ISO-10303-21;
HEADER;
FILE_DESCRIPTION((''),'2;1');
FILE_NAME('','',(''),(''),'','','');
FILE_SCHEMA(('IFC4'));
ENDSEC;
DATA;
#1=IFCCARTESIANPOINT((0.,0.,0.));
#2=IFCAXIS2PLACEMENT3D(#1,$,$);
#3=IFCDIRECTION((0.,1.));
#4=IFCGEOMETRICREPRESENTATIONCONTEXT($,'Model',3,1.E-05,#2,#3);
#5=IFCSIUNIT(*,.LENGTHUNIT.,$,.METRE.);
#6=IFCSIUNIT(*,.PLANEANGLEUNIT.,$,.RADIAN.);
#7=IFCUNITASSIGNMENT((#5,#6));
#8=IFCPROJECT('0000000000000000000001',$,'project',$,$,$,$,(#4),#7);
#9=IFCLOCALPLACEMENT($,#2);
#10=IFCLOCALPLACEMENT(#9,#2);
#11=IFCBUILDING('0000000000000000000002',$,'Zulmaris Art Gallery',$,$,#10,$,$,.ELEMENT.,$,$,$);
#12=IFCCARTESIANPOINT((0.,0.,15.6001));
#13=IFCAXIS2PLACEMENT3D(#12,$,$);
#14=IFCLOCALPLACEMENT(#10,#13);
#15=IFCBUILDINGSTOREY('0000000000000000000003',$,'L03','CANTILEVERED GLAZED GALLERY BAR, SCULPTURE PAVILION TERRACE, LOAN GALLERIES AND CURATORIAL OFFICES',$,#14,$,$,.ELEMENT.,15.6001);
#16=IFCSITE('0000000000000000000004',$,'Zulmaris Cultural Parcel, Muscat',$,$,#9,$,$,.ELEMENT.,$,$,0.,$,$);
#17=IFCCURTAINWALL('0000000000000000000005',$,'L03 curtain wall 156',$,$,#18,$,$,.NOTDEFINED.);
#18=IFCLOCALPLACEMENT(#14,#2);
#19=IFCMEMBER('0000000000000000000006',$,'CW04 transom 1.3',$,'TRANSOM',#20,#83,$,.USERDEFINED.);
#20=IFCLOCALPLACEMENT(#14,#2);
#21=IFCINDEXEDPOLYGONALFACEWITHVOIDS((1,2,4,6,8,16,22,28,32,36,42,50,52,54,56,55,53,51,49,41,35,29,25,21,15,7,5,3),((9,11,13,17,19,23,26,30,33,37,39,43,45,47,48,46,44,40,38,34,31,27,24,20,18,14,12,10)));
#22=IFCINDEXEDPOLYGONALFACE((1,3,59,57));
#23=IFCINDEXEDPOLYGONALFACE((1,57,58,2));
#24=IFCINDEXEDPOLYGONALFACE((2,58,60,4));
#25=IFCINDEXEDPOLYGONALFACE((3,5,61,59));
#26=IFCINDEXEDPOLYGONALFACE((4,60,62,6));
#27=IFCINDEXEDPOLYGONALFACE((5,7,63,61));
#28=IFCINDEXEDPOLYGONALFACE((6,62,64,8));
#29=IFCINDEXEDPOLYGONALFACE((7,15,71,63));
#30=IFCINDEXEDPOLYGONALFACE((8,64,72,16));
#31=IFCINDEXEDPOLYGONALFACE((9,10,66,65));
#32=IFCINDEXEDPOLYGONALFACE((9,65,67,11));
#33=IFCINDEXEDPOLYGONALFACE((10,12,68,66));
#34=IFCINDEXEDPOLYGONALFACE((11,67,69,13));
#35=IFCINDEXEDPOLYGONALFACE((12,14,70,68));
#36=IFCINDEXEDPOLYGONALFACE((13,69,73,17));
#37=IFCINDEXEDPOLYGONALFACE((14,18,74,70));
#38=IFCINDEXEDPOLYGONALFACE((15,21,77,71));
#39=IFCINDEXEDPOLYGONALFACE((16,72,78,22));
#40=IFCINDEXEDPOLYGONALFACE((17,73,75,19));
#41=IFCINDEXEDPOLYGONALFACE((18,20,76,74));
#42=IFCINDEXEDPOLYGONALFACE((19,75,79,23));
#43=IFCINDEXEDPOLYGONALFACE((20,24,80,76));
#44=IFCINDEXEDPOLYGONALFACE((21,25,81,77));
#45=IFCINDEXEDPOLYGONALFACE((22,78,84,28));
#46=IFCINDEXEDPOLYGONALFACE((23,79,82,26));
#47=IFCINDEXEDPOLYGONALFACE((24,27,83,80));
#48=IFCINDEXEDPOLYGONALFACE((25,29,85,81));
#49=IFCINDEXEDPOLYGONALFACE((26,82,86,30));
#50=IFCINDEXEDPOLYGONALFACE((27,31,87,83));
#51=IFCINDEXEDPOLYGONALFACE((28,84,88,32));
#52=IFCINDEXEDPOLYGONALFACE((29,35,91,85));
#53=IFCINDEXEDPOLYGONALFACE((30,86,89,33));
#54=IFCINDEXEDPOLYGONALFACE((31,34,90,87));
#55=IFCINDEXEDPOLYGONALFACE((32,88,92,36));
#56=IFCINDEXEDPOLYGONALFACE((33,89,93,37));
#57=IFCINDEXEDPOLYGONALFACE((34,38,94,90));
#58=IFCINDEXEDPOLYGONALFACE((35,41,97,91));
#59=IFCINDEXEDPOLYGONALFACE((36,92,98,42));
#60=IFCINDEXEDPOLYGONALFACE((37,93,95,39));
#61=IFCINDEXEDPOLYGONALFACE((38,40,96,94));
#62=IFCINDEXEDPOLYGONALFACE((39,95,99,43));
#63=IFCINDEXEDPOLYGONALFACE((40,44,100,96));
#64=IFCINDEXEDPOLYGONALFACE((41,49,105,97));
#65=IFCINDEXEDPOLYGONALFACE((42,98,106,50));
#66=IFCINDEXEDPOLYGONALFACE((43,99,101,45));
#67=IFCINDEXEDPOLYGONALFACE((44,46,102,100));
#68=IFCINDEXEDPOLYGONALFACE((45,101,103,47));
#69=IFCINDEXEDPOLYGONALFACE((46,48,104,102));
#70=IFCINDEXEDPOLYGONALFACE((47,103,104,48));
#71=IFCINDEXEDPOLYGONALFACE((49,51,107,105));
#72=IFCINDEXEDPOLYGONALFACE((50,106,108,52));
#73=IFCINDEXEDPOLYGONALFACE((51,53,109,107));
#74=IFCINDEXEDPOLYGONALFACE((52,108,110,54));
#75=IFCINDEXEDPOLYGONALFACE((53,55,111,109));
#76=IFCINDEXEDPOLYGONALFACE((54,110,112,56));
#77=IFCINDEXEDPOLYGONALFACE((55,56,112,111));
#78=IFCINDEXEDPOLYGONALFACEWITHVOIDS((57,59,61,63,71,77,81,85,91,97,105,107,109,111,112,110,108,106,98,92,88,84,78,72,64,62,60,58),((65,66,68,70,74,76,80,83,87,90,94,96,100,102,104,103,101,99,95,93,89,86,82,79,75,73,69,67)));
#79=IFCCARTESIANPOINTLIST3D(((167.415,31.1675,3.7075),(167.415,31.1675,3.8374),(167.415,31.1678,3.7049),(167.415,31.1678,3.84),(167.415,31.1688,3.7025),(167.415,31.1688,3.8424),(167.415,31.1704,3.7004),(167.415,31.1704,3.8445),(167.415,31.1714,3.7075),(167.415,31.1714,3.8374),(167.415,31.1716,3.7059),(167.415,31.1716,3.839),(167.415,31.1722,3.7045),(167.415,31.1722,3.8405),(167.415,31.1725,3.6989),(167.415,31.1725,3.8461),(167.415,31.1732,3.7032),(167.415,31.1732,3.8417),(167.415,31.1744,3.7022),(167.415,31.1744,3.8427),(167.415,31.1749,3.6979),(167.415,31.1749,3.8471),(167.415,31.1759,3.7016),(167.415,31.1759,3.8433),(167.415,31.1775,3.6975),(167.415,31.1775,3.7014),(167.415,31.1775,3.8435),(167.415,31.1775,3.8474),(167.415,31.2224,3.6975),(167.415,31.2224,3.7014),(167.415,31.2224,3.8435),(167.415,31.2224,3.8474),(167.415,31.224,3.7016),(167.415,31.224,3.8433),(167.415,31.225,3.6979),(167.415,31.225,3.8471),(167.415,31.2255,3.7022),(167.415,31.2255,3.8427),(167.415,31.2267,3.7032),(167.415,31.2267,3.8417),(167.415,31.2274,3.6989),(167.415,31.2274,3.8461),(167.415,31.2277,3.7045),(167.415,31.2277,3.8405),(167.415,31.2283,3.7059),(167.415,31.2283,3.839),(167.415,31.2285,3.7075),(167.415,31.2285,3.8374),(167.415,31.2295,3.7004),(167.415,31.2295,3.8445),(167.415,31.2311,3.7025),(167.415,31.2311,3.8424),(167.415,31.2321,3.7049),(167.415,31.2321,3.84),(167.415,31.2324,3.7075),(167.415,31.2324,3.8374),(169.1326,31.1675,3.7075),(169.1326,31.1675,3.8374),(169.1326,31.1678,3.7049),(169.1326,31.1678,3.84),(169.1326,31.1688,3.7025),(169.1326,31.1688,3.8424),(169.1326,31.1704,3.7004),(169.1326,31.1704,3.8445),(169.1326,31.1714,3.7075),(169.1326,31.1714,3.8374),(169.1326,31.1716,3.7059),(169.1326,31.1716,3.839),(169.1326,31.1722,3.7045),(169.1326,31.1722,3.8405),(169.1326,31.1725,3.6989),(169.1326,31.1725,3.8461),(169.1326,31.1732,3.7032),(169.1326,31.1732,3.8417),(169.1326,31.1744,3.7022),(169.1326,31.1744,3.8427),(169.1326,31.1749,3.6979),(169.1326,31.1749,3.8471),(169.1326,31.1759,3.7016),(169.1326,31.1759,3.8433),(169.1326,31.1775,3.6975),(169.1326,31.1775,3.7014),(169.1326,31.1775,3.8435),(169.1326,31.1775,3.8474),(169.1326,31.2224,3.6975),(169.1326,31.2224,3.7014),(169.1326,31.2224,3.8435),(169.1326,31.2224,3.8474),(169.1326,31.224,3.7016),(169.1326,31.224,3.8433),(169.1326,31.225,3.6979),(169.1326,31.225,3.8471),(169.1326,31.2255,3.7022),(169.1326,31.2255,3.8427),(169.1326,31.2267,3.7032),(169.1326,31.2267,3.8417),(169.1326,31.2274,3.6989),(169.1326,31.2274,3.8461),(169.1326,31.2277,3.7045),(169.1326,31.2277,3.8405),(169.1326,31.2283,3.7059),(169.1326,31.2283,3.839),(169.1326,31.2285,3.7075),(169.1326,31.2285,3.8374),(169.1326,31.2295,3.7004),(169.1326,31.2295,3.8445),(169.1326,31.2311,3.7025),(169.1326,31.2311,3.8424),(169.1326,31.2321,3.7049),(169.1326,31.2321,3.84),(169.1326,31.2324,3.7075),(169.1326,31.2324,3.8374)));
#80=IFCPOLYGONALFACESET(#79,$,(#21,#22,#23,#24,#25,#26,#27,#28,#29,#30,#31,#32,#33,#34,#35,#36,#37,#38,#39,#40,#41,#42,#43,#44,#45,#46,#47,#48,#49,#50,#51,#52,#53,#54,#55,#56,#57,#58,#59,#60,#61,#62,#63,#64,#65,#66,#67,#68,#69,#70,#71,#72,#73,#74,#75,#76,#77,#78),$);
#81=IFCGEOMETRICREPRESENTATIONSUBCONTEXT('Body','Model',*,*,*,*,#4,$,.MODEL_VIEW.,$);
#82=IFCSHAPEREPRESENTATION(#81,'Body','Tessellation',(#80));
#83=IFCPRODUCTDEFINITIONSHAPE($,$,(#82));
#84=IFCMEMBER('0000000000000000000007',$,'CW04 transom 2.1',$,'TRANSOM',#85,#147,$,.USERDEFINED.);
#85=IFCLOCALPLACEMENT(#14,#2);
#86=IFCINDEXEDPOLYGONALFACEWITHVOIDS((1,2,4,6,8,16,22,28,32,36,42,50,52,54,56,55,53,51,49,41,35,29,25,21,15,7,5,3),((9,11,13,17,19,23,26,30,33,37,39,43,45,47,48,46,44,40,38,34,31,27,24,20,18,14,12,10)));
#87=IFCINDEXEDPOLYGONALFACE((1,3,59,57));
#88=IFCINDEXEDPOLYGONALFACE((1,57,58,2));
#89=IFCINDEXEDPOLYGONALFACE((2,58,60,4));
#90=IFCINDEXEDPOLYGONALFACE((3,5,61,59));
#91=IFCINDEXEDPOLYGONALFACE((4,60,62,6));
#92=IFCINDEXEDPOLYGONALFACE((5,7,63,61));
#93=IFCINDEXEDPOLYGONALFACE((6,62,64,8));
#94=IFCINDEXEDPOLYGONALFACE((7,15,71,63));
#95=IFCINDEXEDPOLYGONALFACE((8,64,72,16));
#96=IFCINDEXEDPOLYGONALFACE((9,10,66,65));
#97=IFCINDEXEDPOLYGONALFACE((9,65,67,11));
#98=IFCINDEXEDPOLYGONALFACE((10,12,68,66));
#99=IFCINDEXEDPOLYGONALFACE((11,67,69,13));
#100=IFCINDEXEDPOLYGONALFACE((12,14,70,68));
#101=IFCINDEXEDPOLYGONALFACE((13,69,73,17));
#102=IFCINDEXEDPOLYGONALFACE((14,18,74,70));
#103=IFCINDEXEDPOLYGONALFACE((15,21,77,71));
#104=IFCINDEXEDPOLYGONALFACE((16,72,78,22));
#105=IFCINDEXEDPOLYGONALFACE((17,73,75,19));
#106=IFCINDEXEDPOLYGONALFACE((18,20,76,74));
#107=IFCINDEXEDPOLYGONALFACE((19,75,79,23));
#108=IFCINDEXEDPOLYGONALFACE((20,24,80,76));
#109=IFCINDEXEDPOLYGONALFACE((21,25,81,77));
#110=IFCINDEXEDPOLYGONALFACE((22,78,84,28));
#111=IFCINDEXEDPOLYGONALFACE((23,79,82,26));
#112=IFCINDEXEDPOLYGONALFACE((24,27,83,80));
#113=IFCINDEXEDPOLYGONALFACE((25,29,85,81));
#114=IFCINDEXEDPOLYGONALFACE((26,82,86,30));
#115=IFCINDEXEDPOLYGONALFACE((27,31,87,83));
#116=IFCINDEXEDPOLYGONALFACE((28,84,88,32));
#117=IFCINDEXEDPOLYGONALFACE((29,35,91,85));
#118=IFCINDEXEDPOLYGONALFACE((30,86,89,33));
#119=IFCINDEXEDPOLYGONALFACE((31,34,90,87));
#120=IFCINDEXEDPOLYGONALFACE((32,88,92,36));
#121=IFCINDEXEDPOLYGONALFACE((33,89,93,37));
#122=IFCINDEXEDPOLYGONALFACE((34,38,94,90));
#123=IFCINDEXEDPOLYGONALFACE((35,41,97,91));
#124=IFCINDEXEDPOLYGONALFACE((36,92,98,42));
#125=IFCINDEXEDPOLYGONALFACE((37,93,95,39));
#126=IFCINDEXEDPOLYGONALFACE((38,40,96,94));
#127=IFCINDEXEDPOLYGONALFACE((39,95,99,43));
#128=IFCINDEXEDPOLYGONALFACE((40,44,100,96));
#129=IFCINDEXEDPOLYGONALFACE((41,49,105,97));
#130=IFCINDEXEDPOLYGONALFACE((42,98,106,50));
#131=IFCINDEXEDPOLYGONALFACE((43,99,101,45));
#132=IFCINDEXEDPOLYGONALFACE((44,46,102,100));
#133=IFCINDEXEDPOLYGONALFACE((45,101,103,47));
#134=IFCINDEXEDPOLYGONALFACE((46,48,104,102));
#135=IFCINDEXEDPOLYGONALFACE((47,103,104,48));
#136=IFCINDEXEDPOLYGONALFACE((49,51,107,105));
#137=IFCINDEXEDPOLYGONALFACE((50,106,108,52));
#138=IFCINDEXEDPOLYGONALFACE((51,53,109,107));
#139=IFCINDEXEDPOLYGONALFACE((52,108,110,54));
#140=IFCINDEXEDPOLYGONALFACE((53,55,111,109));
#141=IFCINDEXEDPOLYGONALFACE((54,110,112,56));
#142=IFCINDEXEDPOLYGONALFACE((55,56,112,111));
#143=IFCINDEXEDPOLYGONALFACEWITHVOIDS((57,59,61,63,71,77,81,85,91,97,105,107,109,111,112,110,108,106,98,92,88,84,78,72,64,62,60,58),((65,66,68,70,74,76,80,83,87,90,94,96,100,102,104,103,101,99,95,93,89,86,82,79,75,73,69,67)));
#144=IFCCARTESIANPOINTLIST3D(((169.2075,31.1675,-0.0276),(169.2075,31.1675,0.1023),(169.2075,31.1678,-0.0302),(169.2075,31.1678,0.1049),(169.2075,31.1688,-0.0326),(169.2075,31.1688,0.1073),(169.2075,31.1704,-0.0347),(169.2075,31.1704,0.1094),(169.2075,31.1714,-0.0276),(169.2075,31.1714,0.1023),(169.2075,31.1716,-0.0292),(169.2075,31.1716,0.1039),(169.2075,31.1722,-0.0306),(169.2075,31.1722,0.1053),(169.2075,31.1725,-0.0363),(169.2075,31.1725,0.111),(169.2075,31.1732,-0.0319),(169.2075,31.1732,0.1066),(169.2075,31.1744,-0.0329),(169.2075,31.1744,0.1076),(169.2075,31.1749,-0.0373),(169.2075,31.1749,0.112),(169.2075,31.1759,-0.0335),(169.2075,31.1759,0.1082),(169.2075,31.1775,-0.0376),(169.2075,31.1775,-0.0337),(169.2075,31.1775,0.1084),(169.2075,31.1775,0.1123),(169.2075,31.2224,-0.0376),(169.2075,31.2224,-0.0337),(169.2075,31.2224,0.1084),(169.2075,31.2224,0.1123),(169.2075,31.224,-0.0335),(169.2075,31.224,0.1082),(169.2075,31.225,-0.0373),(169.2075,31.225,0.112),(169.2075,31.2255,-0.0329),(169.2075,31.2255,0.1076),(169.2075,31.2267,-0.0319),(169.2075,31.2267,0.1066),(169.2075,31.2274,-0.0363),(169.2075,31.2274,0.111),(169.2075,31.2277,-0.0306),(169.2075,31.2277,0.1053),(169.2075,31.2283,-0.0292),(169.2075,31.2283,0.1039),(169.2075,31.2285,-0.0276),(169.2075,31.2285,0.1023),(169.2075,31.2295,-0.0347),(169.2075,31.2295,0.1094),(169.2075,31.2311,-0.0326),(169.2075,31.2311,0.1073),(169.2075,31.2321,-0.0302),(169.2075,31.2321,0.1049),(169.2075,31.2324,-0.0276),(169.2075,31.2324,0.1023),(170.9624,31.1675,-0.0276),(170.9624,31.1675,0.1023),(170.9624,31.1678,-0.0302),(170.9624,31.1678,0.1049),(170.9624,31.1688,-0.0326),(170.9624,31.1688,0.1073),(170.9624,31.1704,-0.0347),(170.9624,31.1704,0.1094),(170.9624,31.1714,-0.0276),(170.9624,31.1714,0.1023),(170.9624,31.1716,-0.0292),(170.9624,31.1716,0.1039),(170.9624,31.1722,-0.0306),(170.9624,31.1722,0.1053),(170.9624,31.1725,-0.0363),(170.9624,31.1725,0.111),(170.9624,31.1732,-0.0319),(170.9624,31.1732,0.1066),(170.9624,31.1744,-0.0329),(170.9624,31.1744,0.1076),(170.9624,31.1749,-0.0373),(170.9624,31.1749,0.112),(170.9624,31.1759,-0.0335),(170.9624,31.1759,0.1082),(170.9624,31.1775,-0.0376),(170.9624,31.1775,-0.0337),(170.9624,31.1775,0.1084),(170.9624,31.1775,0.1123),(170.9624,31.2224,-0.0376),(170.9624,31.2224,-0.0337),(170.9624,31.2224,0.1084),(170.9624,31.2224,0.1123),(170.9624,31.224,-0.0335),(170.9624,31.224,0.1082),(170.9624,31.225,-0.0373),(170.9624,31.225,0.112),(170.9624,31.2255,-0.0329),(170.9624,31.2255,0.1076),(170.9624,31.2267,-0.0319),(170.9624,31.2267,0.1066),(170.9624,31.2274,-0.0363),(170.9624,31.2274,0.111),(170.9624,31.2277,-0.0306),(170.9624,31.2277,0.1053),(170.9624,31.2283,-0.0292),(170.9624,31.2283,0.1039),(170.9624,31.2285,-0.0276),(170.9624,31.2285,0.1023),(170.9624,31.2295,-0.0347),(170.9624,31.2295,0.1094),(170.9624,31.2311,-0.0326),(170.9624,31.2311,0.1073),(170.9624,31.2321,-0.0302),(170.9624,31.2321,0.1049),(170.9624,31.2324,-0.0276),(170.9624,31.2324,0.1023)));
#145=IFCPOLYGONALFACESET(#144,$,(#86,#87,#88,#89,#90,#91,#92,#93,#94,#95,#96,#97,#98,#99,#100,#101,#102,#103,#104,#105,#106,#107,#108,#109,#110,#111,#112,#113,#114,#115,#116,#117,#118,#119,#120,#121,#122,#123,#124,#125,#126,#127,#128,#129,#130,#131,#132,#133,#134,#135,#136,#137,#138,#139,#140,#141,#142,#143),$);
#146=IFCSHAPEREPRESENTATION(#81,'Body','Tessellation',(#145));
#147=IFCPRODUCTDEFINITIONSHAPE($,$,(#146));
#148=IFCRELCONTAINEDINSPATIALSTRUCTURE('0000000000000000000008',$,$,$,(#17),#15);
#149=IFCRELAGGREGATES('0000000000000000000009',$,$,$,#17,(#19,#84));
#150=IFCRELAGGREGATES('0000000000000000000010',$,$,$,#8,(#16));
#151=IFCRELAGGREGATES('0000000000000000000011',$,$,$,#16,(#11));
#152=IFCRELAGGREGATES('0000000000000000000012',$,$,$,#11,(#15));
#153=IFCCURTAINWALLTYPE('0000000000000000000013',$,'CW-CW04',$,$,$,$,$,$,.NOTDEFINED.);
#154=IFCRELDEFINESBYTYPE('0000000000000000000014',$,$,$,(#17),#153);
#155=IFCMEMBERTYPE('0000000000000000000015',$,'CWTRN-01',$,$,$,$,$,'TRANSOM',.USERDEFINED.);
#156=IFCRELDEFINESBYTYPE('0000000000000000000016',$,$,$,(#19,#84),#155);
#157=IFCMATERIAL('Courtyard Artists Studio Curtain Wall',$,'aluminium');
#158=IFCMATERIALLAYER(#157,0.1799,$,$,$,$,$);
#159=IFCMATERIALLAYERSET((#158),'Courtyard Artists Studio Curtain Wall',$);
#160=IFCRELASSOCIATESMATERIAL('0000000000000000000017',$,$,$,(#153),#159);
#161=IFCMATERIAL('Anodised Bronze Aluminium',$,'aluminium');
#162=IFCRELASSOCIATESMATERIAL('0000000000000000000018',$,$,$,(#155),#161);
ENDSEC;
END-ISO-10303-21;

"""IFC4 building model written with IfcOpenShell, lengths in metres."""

from ifc_helpers import new_model, si_unit, direction, frame, origin, origin_2d, place, context, subcontext, project, spatial, hollow_rectangle, extrude, material, layer, layer_set, material_profile, profile_set, type_object, element, aggregate, save


model = new_model("IFC4")

# Units and contexts
model_context = context("Model", 3, precision=1e-05, world=origin(), true_north=direction((0.0, 1.0)))
body_context = subcontext(model_context, "Body", "Model", "MODEL_VIEW")
ifc_project = project(units=[si_unit("LENGTHUNIT", "METRE"), si_unit("PLANEANGLEUNIT", "RADIAN")], contexts=[model_context])

# Site, building, storey
site_placement = place(None, origin())
site = spatial("IfcSite", under=ifc_project, at=site_placement, Name="Zulmaris Cultural Parcel, Muscat", CompositionType="ELEMENT", RefElevation=0.0)
building_placement = place(site_placement, origin())
building = spatial("IfcBuilding", under=site, at=building_placement, Name="Zulmaris Art Gallery", CompositionType="ELEMENT")
storey_placement = place(building_placement, frame((0.0, 0.0, 15.6001)))
storey = spatial("IfcBuildingStorey", under=building, at=storey_placement, Name="L03", Description="CANTILEVERED GLAZED GALLERY BAR, SCULPTURE PAVILION TERRACE, LOAN GALLERIES AND CURATORIAL OFFICES", CompositionType="ELEMENT", Elevation=15.6001)

# Shared definitions
ifc_material_1 = material(Name="Courtyard Artists Studio Curtain Wall", Category="aluminium")
ifc_layer_1 = layer(ifc_material_1, 0.1799)
ifc_layer_set_1 = layer_set([ifc_layer_1], Name="Courtyard Artists Studio Curtain Wall")
curtain_wall_type = type_object("IfcCurtainWallType", Name="CW-CW04", PredefinedType="NOTDEFINED", material=ifc_layer_set_1)
ifc_material_2 = material(Name="Anodised Bronze Aluminium", Category="aluminium")

# Curtain wall
curtain_wall_1_placement = place(storey_placement, origin())
curtain_wall_1 = element("IfcCurtainWall", 1, at=curtain_wall_1_placement, inside=storey, type_object=curtain_wall_type, Name="L03 curtain wall 156", PredefinedType="NOTDEFINED")

# Members
ifc_material_profile_1 = material_profile(ifc_material_2, hollow_rectangle(XDim=0.0649, YDim=0.1499, WallThickness=0.0039, InnerFilletRadius=0.0061, OuterFilletRadius=0.01, at=origin_2d()), Name="ALU 65x150x4")
ifc_profile_set_1 = profile_set([ifc_material_profile_1], Name="Anodised Bronze Aluminium")
member_type_1 = type_object("IfcMemberType", Name="CWTRN-01", ElementType="TRANSOM", PredefinedType="USERDEFINED", material=ifc_profile_set_1)
member_1_placement = place(storey_placement, frame((167.415, 31.2, 3.7725), z_axis=(1.0, 0.0, 0.0), x_axis=(0.0, 1.0, 0.0)))
member_1 = element("IfcMember", 2, at=member_1_placement, type_object=member_type_1, Name="CW04 transom 1.3", ObjectType="TRANSOM", PredefinedType="USERDEFINED", context=body_context, shape_type="SweptSolid", body=[
    extrude(hollow_rectangle(XDim=0.0649, YDim=0.1499, WallThickness=0.0039, InnerFilletRadius=0.0061, OuterFilletRadius=0.01, at=origin_2d()), origin(), (0.0, 0.0, 1.0), 1.7175),
])
member_2_placement = place(storey_placement, frame((169.2075, 31.2, 0.0374), z_axis=(1.0, 0.0, 0.0), x_axis=(0.0, 1.0, 0.0)))
member_2 = element("IfcMember", 3, at=member_2_placement, type_object=member_type_1, Name="CW04 transom 2.1", ObjectType="TRANSOM", PredefinedType="USERDEFINED", context=body_context, shape_type="SweptSolid", body=[
    extrude(hollow_rectangle(XDim=0.0649, YDim=0.1499, WallThickness=0.0039, InnerFilletRadius=0.0061, OuterFilletRadius=0.01, at=origin_2d()), origin(), (0.0, 0.0, 1.0), 1.7549),
])

aggregate(curtain_wall_1, [member_1, member_2])

save(model, "model.ifc")
